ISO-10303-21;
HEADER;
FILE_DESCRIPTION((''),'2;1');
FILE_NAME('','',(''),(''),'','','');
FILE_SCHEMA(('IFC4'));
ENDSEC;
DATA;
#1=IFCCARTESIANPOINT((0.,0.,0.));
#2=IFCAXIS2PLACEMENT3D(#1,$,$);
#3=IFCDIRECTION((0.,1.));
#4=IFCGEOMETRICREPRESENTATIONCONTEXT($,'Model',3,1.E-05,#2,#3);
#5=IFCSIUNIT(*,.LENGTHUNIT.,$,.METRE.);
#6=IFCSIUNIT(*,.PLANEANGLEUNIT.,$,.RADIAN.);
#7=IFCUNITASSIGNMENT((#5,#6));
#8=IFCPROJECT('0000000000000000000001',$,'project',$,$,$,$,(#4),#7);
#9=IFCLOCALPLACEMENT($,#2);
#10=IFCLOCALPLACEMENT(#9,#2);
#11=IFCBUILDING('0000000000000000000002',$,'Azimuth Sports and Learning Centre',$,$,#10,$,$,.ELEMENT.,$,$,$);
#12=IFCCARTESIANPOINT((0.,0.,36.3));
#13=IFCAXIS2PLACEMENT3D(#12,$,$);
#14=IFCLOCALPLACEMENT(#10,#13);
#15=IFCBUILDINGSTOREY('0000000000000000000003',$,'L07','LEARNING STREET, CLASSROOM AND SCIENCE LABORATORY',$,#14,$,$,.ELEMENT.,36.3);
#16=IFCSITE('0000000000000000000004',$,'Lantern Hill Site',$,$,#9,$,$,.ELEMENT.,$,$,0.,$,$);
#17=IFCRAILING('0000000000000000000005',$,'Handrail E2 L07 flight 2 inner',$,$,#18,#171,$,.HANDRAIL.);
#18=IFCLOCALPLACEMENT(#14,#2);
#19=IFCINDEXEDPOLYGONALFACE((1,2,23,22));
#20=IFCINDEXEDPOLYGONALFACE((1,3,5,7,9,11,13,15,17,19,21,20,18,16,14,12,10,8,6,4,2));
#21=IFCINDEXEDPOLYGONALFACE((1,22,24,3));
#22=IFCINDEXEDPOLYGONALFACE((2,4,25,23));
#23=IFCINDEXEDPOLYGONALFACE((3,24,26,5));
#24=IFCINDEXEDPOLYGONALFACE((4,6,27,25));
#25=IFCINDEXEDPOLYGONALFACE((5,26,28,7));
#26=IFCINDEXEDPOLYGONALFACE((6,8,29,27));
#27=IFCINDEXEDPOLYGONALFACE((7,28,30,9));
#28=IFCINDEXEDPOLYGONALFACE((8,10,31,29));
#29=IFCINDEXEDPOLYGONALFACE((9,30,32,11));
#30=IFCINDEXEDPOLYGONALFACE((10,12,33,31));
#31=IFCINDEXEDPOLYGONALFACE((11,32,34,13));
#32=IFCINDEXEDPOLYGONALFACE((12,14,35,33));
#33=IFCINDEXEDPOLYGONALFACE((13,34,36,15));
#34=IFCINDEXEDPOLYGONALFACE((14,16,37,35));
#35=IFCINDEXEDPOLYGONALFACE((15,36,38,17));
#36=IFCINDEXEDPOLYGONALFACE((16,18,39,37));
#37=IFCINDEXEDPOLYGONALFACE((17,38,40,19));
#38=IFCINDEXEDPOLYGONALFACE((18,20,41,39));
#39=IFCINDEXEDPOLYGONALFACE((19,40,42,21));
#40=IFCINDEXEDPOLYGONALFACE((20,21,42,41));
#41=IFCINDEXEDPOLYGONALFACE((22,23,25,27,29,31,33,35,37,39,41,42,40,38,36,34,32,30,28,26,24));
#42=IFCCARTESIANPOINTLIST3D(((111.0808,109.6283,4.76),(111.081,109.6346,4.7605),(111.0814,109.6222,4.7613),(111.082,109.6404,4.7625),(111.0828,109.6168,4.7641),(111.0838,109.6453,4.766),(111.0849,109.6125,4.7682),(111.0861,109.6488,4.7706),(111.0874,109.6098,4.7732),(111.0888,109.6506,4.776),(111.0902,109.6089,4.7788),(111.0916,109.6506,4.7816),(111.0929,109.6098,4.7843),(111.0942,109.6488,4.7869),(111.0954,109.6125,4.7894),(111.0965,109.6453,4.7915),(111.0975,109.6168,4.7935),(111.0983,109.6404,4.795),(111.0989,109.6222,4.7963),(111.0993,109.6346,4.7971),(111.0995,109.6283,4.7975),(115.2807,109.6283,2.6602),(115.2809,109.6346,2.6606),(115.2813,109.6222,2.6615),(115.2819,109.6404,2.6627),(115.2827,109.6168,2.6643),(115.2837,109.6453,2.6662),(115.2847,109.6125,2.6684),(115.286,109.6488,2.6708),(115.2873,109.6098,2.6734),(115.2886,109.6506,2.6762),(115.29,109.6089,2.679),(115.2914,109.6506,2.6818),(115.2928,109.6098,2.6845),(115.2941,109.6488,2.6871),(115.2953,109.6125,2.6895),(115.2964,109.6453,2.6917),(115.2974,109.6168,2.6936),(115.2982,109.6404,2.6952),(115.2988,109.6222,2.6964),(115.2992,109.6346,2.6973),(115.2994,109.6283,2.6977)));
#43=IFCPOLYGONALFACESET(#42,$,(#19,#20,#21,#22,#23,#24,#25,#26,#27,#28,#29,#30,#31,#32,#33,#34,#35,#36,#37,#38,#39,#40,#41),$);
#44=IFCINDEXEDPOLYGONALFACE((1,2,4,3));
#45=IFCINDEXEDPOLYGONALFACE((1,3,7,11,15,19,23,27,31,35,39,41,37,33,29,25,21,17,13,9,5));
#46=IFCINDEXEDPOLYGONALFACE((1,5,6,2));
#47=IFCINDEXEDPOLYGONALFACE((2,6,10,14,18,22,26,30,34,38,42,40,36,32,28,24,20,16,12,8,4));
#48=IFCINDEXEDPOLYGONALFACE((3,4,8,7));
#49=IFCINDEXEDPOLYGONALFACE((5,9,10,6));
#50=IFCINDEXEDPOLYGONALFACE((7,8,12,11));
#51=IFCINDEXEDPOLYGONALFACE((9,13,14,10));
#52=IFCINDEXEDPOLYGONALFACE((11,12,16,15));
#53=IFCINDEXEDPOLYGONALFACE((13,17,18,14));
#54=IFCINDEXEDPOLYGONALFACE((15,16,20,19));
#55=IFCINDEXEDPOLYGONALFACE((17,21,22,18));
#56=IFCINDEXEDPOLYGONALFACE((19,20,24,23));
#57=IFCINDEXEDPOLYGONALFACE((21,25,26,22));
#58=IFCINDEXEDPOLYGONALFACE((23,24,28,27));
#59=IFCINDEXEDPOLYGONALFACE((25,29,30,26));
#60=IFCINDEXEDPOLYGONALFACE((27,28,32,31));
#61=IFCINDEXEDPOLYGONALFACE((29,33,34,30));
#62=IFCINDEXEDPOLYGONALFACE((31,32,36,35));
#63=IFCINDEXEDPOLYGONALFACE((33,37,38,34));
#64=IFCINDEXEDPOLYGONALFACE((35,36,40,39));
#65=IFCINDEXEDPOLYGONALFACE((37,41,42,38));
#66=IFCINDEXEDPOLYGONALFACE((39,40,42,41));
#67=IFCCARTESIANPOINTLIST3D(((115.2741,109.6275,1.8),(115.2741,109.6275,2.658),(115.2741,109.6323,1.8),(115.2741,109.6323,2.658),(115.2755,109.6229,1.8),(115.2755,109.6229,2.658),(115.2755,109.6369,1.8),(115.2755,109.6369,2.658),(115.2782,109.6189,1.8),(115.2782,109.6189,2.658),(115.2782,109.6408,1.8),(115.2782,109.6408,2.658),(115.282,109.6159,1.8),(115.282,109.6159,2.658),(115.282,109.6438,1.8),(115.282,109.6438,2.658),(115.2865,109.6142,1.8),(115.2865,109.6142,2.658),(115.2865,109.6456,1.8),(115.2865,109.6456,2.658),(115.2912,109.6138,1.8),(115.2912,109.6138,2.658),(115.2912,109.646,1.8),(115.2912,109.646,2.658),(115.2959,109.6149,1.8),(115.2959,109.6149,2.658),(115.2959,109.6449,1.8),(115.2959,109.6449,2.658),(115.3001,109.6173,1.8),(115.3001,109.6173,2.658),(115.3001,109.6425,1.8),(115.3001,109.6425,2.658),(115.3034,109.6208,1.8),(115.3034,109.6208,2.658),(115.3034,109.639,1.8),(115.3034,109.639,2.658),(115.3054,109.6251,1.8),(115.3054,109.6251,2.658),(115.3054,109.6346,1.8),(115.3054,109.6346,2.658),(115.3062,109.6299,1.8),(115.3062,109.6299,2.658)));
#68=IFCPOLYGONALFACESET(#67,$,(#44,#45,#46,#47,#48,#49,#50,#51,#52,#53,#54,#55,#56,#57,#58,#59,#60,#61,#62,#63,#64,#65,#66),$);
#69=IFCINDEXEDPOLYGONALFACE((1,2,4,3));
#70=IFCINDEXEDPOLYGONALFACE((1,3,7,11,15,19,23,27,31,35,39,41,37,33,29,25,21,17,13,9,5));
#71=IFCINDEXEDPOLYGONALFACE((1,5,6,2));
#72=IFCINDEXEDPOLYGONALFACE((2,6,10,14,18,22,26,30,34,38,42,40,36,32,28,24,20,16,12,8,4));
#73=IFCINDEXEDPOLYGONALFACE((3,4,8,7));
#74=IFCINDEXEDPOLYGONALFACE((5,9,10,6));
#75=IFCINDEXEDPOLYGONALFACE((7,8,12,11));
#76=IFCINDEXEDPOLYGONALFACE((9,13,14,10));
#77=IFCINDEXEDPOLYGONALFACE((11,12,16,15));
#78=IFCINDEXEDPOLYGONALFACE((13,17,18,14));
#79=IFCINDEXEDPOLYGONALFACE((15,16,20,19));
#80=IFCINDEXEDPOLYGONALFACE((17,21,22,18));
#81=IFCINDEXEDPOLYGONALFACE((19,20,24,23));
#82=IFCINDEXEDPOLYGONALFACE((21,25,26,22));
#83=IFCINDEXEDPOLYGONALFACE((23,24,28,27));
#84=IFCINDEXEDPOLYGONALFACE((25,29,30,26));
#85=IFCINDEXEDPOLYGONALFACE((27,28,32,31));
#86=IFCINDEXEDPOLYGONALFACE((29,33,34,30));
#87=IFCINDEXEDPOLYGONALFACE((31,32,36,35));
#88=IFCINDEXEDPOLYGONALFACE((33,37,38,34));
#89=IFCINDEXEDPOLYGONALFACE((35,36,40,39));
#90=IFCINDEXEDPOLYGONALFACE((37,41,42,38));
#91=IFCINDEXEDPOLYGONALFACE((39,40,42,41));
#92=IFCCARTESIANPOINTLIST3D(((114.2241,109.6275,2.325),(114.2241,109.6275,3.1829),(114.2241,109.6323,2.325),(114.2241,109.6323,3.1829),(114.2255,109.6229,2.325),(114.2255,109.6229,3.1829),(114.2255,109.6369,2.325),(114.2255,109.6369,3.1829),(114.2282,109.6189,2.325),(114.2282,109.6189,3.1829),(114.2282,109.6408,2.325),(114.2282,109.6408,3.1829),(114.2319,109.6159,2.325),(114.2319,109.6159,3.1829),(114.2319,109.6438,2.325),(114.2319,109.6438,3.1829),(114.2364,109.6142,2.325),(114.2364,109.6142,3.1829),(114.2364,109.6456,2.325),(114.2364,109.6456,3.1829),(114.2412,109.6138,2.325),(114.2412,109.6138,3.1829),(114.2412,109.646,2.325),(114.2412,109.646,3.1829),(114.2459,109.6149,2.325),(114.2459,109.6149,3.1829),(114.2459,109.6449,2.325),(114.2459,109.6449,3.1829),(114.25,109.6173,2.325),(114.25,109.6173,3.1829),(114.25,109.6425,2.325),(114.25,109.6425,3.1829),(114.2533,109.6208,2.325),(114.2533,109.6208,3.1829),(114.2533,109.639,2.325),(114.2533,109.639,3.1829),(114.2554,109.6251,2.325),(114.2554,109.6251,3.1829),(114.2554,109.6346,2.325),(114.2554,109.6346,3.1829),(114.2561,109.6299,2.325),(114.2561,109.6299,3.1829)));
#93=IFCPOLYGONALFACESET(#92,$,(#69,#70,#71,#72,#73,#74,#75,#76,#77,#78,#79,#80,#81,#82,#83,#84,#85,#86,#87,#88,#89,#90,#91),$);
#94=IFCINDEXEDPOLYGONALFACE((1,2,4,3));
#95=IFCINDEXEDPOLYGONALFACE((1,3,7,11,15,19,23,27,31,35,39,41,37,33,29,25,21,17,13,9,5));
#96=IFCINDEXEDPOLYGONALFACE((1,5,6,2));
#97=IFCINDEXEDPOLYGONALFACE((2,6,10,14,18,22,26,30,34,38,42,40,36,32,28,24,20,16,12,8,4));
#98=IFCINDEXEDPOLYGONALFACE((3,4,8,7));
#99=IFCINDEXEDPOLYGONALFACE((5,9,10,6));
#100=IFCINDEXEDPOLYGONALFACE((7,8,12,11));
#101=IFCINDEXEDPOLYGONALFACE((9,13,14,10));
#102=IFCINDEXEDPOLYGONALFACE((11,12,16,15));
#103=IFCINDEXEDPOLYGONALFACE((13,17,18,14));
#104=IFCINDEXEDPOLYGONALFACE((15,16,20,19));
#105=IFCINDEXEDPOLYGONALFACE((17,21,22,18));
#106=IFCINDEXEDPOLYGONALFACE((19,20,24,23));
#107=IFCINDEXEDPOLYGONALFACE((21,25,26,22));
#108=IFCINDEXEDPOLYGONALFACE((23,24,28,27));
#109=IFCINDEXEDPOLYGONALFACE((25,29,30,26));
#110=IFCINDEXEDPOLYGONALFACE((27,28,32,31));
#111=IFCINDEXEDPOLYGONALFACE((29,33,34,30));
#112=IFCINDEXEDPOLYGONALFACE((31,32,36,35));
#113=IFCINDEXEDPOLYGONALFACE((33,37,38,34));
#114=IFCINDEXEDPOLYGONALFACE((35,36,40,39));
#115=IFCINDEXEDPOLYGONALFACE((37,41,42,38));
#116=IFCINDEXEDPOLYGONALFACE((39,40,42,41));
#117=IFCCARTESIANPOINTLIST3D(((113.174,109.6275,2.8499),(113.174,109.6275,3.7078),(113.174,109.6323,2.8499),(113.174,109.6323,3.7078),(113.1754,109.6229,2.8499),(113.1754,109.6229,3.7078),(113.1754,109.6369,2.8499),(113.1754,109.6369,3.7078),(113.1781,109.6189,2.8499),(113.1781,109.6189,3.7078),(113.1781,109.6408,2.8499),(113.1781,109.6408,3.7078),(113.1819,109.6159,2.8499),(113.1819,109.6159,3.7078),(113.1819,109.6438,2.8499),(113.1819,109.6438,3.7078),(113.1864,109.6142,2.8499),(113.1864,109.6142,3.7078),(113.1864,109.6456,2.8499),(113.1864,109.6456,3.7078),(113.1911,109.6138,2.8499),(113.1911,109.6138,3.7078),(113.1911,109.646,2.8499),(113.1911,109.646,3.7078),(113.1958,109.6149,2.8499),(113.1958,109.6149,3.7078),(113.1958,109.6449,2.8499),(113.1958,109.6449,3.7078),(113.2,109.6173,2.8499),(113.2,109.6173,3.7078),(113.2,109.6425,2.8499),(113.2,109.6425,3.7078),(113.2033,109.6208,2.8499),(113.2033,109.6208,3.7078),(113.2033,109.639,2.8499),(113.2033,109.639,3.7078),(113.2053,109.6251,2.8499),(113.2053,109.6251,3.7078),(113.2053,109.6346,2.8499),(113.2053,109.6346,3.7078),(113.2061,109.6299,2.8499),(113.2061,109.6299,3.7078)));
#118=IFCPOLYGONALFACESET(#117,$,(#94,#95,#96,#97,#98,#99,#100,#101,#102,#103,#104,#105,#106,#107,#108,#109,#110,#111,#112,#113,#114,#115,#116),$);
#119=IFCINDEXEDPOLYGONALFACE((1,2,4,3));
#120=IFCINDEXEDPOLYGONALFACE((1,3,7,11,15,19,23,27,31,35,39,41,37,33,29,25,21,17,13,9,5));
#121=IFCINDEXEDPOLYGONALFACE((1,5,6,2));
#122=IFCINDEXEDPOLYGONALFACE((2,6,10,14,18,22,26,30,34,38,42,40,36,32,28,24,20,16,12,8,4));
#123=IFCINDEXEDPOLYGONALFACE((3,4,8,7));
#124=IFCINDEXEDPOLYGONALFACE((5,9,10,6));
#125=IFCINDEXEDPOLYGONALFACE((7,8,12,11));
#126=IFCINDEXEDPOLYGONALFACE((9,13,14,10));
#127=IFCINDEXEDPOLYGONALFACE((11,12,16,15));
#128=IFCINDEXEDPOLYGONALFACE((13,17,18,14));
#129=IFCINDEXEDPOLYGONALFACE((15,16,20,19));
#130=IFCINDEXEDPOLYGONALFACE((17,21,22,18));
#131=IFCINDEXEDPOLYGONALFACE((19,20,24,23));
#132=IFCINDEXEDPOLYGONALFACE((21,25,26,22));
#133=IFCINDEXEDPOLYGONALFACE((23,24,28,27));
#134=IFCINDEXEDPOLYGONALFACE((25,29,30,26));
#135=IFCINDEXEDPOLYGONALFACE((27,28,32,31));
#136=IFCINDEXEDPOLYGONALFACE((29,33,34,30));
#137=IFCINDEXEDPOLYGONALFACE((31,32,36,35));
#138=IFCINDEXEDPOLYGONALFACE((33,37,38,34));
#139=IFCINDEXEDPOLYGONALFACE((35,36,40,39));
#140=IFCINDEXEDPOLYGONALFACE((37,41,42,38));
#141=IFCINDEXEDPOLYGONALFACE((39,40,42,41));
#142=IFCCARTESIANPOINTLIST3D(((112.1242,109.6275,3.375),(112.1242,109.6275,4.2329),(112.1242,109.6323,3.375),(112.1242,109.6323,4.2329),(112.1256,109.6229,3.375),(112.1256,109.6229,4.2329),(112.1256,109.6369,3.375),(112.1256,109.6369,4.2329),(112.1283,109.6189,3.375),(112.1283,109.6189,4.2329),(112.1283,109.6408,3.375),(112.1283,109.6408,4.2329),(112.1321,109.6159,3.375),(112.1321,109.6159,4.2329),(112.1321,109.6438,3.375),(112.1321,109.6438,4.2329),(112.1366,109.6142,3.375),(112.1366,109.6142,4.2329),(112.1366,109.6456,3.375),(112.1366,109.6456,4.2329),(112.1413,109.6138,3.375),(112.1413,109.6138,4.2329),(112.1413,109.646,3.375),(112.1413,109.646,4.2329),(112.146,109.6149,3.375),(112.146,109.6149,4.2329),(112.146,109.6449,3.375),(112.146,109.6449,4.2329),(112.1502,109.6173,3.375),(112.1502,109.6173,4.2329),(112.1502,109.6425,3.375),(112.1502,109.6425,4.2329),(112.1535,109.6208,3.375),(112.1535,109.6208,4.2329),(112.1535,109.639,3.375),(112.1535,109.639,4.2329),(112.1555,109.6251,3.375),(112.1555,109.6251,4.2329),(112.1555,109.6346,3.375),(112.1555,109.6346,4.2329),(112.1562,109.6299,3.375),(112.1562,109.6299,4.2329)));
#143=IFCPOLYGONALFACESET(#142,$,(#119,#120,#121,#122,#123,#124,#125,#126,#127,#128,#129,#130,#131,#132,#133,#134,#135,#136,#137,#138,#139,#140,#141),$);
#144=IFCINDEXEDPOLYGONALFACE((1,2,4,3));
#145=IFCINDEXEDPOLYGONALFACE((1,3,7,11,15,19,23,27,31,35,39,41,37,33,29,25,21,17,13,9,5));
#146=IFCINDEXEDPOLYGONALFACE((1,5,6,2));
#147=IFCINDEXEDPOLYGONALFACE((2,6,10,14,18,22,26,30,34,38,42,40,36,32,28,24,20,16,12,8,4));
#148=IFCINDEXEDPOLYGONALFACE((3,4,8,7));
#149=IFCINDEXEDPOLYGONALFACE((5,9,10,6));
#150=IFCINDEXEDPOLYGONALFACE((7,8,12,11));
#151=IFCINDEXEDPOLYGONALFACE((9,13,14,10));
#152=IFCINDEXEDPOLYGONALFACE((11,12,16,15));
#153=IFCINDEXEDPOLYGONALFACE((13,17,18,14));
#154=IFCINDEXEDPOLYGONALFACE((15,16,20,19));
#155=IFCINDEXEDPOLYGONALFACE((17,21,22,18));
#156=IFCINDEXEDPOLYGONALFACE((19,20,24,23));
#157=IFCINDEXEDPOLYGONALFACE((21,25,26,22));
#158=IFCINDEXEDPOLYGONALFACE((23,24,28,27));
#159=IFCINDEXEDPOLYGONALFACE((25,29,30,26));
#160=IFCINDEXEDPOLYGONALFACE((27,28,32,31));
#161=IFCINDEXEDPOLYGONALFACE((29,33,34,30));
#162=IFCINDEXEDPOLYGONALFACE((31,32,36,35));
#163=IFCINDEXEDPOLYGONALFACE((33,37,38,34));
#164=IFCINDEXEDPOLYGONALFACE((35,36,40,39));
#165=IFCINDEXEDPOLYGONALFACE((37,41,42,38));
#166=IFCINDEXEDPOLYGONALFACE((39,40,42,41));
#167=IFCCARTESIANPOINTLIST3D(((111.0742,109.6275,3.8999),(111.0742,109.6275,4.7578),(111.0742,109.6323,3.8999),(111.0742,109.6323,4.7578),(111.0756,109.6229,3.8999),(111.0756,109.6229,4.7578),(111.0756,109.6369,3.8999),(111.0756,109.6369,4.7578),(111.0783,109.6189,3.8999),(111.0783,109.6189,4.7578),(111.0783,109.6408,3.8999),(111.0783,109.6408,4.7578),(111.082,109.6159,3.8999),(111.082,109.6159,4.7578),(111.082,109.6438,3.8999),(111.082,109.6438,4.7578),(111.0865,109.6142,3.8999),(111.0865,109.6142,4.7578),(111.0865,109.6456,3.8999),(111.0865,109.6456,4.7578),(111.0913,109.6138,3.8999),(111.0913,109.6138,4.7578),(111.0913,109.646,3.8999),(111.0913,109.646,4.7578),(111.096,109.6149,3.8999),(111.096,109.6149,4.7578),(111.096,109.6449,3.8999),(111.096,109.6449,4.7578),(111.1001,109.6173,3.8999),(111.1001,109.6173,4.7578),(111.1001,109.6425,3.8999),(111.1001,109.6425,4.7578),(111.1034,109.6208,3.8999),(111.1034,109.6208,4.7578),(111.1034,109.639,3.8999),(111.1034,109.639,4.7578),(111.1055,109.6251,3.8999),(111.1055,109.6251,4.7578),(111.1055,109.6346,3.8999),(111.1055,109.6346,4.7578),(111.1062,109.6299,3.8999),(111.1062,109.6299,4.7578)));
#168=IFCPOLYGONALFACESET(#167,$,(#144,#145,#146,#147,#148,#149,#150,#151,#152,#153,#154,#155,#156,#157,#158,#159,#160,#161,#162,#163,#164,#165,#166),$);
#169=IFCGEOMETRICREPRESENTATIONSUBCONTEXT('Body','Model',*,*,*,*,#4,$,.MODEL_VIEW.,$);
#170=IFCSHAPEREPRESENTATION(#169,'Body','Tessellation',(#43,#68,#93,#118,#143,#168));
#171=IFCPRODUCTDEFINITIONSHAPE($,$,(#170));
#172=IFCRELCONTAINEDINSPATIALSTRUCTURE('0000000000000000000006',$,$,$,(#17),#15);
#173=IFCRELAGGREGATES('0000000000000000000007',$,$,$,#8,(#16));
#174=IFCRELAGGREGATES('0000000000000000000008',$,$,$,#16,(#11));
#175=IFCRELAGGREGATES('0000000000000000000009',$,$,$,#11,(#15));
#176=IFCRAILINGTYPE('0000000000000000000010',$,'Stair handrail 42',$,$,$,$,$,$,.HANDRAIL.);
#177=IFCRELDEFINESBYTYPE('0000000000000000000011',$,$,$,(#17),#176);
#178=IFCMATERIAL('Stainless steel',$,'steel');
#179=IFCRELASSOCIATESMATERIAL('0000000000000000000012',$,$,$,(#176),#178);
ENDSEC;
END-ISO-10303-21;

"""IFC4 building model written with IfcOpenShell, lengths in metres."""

from ifc_helpers import new_model, si_unit, direction, frame, origin, origin_2d, place, context, subcontext, project, spatial, circle, extrude, material, type_object, element, save


model = new_model("IFC4")

# Units and contexts
model_context = context("Model", 3, precision=1e-05, world=origin(), true_north=direction((0.0, 1.0)))
body_context = subcontext(model_context, "Body", "Model", "MODEL_VIEW")
ifc_project = project(units=[si_unit("LENGTHUNIT", "METRE"), si_unit("PLANEANGLEUNIT", "RADIAN")], contexts=[model_context])

# Site, building, storey
site_placement = place(None, origin())
site = spatial("IfcSite", under=ifc_project, at=site_placement, Name="Lantern Hill Site", CompositionType="ELEMENT", RefElevation=0.0)
building_placement = place(site_placement, origin())
building = spatial("IfcBuilding", under=site, at=building_placement, Name="Azimuth Sports and Learning Centre", CompositionType="ELEMENT")
storey_placement = place(building_placement, frame((0.0, 0.0, 36.3)))
storey = spatial("IfcBuildingStorey", under=building, at=storey_placement, Name="L07", Description="LEARNING STREET, CLASSROOM AND SCIENCE LABORATORY", CompositionType="ELEMENT", Elevation=36.3)

# Railing
ifc_material_1 = material(Name="Stainless steel", Category="steel")
railing_type_1 = type_object("IfcRailingType", Name="Stair handrail 42", PredefinedType="HANDRAIL", material=ifc_material_1)
railing_1_placement = place(storey_placement, frame((115.29, 109.6299, 1.8)))
element("IfcRailing", 1, at=railing_1_placement, inside=storey, type_object=railing_type_1, Name="Handrail E2 L07 flight 2 inner", PredefinedType="HANDRAIL", context=body_context, shape_type="SweptSolid", body=[
    extrude(circle(Radius=0.021, at=origin_2d()), frame((0.0, 0.0, 0.8789), z_axis=(-0.894438, 0.0, 0.447193), x_axis=(0.0, -1.0, 0.0)), (0.0, 0.0, 1.0), 4.6956),
    extrude(circle(Radius=0.0161, at=origin_2d()), origin(), (0.0, 0.0, 1.0), 0.8579),
    extrude(circle(Radius=0.0161, at=origin_2d()), frame((-1.05, 0.0, 0.5249)), (0.0, 0.0, 1.0), 0.8579),
    extrude(circle(Radius=0.0161, at=origin_2d()), frame((-2.1001, 0.0, 1.0498)), (0.0, 0.0, 1.0), 0.8579),
    extrude(circle(Radius=0.0161, at=origin_2d()), frame((-3.1499, 0.0, 1.575)), (0.0, 0.0, 1.0), 0.8579),
    extrude(circle(Radius=0.0161, at=origin_2d()), frame((-4.2, 0.0, 2.0999)), (0.0, 0.0, 1.0), 0.8579),
])

save(model, "model.ifc")
